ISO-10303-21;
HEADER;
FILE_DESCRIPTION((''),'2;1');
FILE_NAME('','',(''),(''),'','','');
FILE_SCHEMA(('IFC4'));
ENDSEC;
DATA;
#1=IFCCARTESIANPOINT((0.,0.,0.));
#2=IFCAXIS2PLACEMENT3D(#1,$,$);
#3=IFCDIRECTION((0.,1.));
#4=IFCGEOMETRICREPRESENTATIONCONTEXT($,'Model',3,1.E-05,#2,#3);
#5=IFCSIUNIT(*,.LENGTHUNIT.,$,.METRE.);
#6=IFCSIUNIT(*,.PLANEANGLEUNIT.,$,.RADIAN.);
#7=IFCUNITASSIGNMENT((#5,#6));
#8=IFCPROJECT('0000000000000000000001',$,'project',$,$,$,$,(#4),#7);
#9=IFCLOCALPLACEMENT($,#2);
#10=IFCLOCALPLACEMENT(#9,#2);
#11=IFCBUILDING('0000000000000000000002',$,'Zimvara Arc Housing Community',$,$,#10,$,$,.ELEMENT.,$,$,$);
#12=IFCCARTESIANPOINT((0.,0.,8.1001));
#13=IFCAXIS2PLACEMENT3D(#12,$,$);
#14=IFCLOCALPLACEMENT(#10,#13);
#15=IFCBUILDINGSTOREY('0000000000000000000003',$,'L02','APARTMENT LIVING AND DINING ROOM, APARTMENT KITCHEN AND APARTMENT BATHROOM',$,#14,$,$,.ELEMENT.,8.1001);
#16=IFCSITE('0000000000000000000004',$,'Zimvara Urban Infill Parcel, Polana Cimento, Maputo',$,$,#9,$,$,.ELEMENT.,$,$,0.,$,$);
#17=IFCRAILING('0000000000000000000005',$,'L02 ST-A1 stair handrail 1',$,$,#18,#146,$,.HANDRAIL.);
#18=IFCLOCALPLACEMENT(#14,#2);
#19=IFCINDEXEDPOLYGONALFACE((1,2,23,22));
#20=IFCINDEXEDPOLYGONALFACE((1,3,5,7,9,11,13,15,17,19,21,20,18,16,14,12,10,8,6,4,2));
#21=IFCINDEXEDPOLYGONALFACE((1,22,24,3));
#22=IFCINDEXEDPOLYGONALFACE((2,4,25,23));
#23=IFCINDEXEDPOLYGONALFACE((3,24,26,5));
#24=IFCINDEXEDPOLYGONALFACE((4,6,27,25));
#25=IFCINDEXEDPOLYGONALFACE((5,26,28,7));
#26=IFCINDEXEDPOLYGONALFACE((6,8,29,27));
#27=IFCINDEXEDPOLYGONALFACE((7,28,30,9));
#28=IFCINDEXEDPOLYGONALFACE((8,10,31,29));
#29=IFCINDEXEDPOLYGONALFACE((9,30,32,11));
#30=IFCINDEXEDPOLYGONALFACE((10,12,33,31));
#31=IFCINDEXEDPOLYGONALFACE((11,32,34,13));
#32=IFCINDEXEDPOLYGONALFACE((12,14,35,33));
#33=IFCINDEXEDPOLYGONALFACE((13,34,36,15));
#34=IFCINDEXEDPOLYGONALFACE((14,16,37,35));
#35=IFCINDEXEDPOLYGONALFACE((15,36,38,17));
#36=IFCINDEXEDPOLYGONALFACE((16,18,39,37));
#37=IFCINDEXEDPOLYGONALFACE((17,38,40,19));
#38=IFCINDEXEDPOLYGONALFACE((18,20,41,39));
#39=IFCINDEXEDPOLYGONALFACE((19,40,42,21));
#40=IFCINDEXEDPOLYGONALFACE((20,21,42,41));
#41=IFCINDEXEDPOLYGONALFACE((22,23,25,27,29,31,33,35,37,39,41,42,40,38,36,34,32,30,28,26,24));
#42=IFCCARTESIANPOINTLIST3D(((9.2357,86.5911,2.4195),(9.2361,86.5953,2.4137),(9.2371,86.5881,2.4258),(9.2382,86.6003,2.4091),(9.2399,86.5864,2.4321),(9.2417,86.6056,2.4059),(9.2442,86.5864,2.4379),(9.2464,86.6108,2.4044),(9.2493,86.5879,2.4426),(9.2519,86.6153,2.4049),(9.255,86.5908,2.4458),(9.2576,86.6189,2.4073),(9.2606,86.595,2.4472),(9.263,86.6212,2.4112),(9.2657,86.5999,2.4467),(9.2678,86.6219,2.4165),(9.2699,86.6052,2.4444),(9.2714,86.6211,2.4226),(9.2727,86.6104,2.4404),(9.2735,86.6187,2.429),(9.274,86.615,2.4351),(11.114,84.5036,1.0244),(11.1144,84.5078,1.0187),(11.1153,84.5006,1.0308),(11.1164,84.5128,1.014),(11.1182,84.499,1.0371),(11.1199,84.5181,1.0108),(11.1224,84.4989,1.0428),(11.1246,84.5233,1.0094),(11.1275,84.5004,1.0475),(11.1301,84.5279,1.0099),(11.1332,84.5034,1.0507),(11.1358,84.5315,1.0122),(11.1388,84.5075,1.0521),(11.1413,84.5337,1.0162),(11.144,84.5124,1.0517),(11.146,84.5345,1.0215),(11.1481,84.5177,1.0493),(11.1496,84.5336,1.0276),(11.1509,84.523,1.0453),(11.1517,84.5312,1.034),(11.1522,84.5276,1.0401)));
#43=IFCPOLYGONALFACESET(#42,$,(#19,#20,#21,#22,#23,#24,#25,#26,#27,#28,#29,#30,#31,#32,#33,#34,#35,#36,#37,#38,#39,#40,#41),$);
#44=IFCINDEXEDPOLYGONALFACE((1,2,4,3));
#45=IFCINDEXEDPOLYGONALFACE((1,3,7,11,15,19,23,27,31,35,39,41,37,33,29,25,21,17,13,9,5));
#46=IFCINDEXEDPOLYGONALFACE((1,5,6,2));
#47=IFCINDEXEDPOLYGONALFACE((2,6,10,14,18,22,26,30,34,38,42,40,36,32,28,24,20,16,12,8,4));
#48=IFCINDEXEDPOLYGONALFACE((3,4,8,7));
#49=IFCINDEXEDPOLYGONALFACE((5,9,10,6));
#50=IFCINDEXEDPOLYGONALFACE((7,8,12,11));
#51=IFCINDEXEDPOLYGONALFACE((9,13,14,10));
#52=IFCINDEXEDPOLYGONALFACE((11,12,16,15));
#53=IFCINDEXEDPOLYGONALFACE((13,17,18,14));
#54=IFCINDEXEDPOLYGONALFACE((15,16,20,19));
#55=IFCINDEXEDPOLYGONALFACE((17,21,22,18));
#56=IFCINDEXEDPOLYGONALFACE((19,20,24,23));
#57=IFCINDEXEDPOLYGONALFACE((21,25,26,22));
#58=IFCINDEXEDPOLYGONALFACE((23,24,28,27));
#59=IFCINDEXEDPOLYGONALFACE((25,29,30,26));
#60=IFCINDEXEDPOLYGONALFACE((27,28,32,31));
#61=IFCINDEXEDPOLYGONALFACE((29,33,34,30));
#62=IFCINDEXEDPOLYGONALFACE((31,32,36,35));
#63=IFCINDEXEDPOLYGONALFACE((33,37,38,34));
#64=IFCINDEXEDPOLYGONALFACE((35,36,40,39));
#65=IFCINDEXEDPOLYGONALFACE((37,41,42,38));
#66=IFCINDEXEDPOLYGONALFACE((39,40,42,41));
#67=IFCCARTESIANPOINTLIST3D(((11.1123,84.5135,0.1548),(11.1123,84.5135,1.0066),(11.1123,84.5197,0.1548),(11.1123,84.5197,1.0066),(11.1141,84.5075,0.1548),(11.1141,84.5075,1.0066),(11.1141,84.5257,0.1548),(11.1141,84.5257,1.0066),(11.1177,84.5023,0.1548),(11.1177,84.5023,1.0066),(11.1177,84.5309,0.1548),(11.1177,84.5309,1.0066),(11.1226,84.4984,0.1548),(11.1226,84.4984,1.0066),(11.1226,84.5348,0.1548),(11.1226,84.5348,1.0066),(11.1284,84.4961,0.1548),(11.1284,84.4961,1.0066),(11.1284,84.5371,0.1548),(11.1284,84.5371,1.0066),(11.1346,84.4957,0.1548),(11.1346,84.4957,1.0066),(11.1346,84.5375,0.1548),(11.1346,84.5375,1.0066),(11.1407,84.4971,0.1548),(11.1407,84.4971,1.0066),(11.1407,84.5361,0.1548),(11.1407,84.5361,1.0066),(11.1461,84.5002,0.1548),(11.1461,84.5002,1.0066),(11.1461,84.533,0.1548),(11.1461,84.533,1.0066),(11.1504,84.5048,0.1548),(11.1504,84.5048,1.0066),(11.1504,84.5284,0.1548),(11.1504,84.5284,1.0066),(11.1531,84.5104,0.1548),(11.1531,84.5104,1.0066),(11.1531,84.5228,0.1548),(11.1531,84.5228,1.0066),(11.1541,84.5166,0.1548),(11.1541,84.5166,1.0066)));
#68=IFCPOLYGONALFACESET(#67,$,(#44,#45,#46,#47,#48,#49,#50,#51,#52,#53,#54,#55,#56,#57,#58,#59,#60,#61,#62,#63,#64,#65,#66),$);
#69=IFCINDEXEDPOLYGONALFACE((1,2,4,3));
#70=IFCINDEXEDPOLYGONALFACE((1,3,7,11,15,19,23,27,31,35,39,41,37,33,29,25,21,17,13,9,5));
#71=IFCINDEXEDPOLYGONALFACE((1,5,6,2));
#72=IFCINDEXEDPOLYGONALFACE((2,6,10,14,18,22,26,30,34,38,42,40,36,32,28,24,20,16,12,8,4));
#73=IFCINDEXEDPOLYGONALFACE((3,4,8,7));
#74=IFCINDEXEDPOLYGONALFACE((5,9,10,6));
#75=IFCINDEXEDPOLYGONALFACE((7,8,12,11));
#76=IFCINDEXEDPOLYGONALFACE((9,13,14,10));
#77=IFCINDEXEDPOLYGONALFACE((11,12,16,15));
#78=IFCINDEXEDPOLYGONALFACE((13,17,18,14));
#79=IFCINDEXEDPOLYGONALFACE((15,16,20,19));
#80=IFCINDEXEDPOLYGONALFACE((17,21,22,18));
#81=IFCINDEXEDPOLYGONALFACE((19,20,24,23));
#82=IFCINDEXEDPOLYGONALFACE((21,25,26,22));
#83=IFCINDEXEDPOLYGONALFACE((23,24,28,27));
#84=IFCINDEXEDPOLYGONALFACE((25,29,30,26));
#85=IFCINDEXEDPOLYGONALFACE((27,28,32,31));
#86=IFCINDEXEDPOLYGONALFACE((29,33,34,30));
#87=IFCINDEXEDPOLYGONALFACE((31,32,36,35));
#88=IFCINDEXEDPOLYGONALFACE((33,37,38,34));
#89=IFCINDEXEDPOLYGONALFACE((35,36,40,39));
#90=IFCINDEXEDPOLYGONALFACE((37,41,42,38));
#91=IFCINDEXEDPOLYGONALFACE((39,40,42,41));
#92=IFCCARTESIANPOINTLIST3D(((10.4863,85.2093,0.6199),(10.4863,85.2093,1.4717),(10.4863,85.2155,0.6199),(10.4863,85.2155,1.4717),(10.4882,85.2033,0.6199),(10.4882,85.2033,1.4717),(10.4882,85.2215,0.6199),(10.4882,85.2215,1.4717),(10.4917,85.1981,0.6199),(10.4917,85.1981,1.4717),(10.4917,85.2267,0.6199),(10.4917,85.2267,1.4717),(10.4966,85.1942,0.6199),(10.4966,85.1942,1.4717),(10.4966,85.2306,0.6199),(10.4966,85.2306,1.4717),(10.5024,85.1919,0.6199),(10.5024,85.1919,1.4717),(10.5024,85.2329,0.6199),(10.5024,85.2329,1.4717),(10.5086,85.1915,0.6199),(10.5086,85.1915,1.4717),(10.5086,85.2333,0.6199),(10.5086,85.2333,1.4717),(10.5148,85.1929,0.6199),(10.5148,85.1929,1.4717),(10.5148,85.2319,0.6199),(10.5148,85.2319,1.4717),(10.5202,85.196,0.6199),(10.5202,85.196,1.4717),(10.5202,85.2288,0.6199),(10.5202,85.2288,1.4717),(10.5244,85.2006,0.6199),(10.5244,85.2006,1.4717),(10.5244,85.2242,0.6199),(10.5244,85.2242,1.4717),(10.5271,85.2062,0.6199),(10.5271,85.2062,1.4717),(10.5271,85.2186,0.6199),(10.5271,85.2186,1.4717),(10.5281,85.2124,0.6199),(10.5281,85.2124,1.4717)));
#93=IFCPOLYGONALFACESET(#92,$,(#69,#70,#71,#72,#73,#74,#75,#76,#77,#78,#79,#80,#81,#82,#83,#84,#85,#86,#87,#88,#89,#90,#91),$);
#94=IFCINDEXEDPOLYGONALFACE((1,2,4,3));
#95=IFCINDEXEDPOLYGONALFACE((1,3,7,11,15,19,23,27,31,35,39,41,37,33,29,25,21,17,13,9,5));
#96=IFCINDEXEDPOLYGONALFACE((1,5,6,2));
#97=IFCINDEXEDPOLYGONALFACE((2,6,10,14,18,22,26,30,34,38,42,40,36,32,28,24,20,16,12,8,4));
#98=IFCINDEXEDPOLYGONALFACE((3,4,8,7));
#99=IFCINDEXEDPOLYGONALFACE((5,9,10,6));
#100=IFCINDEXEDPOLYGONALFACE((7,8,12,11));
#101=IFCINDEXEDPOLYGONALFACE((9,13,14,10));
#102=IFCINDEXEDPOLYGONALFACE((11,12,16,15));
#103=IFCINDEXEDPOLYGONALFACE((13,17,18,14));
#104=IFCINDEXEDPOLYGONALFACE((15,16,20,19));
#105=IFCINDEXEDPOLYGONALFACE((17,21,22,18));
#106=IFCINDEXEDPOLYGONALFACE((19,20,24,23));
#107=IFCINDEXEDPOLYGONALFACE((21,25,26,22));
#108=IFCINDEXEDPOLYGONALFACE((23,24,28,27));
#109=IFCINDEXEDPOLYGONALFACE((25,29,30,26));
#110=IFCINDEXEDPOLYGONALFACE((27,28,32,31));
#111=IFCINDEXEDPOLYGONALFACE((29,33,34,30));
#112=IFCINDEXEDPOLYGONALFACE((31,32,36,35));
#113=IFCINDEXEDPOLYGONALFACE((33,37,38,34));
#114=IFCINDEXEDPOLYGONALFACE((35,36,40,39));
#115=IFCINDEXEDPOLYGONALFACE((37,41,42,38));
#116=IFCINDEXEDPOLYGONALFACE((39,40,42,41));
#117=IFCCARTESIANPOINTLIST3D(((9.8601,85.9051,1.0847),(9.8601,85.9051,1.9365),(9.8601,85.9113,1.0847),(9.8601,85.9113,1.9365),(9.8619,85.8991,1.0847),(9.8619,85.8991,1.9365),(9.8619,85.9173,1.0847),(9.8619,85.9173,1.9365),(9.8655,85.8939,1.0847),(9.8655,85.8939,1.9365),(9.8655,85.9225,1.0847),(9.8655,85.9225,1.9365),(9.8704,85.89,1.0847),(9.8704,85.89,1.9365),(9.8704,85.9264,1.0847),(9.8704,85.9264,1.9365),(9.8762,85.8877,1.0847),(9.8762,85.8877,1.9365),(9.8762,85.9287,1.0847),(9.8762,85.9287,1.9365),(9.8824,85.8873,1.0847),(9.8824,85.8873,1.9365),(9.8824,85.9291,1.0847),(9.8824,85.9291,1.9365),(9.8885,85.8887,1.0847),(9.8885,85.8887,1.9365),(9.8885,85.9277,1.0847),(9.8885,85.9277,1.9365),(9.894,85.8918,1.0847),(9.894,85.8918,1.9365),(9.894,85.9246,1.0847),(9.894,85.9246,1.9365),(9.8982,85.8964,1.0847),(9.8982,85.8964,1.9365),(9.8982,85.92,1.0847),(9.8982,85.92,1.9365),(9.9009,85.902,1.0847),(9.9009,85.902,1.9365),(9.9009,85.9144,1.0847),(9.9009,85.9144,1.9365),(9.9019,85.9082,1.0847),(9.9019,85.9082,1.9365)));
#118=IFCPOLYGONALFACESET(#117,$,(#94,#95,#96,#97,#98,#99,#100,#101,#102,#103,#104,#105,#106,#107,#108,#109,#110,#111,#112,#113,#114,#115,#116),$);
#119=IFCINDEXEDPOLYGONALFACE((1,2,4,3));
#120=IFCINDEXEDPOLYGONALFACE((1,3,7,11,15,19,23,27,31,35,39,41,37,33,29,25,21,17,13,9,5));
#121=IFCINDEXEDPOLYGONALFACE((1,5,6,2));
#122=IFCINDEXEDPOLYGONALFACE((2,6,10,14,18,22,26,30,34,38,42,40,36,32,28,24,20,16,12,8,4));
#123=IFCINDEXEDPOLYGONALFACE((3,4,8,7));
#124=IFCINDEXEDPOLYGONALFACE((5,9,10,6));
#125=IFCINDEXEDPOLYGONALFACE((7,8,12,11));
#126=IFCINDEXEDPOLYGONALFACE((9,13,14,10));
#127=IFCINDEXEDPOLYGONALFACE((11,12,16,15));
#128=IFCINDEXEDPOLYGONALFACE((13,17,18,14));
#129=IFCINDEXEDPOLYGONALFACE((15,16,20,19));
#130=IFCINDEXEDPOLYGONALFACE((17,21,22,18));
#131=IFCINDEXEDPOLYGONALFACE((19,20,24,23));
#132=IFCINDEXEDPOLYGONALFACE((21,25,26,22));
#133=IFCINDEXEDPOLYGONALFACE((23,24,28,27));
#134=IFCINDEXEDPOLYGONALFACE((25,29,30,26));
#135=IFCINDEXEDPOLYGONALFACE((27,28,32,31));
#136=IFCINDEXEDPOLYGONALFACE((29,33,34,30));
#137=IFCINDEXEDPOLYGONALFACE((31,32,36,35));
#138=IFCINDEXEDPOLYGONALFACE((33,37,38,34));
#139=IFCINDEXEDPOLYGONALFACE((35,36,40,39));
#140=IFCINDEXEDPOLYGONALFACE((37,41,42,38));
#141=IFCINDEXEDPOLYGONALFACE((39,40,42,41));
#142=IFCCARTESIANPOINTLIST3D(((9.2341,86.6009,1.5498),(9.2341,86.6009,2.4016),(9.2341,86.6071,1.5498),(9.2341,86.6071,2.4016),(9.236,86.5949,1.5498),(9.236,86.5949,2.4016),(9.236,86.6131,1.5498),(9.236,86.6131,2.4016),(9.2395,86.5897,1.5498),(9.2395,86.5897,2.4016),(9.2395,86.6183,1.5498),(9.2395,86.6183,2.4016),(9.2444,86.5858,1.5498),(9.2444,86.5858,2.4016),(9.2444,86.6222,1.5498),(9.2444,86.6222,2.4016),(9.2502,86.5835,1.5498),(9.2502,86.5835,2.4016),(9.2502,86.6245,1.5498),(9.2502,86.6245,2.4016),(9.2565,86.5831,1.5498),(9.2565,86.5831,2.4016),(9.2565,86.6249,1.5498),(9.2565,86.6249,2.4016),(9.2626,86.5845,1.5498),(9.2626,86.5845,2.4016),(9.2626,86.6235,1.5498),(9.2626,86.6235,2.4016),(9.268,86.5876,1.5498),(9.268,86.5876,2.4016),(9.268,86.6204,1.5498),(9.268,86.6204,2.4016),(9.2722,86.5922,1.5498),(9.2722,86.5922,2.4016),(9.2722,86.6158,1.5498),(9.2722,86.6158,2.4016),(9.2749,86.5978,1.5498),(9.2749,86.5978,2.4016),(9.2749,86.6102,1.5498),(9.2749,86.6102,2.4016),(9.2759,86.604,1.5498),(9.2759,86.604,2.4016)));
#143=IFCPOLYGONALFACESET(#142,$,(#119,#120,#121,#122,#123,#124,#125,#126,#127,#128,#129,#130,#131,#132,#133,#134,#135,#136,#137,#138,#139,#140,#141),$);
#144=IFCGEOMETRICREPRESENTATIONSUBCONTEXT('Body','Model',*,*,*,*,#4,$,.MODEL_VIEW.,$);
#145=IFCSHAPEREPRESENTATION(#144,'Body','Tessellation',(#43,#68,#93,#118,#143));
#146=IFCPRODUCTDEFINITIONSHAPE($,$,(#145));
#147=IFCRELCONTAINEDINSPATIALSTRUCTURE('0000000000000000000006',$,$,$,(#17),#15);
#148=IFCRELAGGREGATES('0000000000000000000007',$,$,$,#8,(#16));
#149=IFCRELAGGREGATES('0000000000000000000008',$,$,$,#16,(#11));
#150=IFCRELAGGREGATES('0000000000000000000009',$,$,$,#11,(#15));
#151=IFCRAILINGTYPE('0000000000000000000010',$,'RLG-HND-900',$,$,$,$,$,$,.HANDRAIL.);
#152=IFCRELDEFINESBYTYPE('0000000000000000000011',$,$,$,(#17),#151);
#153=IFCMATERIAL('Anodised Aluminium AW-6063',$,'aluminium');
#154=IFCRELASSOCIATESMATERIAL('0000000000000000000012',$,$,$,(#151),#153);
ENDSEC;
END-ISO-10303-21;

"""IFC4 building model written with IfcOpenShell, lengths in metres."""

from ifc_helpers import new_model, si_unit, direction, frame, origin, origin_2d, place, context, subcontext, project, spatial, circle, extrude, material, type_object, element, save


model = new_model("IFC4")

# Units and contexts
model_context = context("Model", 3, precision=1e-05, world=origin(), true_north=direction((0.0, 1.0)))
body_context = subcontext(model_context, "Body", "Model", "MODEL_VIEW")
ifc_project = project(units=[si_unit("LENGTHUNIT", "METRE"), si_unit("PLANEANGLEUNIT", "RADIAN")], contexts=[model_context])

# Site, building, storey
site_placement = place(None, origin())
site = spatial("IfcSite", under=ifc_project, at=site_placement, Name="Zimvara Urban Infill Parcel, Polana Cimento, Maputo", CompositionType="ELEMENT", RefElevation=0.0)
building_placement = place(site_placement, origin())
building = spatial("IfcBuilding", under=site, at=building_placement, Name="Zimvara Arc Housing Community", CompositionType="ELEMENT")
storey_placement = place(building_placement, frame((0.0, 0.0, 8.1001)))
storey = spatial("IfcBuildingStorey", under=building, at=storey_placement, Name="L02", Description="APARTMENT LIVING AND DINING ROOM, APARTMENT KITCHEN AND APARTMENT BATHROOM", CompositionType="ELEMENT", Elevation=8.1001)

# Railing
ifc_material_1 = material(Name="Anodised Aluminium AW-6063", Category="aluminium")
railing_type_1 = type_object("IfcRailingType", Name="RLG-HND-900", PredefinedType="HANDRAIL", material=ifc_material_1)
railing_1_placement = place(storey_placement, frame((11.1331, 84.5166, 0.1548)))
element("IfcRailing", 1, at=railing_1_placement, inside=storey, type_object=railing_type_1, Name="L02 ST-A1 stair handrail 1", PredefinedType="HANDRAIL", context=body_context, shape_type="SweptSolid", body=[
    extrude(circle(Radius=0.0239, at=origin_2d()), frame((0.0, 0.0, 0.876), z_axis=(-0.599018, 0.665749, 0.444923), x_axis=(-0.743381, -0.668869, 0.0)), (0.0, 0.0, 1.0), 3.1355),
    extrude(circle(Radius=0.021, at=origin_2d()), origin(), (0.0, 0.0, 1.0), 0.8518),
    extrude(circle(Radius=0.021, at=origin_2d()), frame((-0.626, 0.6958, 0.4651)), (0.0, 0.0, 1.0), 0.8518),
    extrude(circle(Radius=0.021, at=origin_2d()), frame((-1.2522, 1.3916, 0.9299)), (0.0, 0.0, 1.0), 0.8518),
    extrude(circle(Radius=0.021, at=origin_2d()), frame((-1.8782, 2.0874, 1.395)), (0.0, 0.0, 1.0), 0.8518),
])

save(model, "model.ifc")
